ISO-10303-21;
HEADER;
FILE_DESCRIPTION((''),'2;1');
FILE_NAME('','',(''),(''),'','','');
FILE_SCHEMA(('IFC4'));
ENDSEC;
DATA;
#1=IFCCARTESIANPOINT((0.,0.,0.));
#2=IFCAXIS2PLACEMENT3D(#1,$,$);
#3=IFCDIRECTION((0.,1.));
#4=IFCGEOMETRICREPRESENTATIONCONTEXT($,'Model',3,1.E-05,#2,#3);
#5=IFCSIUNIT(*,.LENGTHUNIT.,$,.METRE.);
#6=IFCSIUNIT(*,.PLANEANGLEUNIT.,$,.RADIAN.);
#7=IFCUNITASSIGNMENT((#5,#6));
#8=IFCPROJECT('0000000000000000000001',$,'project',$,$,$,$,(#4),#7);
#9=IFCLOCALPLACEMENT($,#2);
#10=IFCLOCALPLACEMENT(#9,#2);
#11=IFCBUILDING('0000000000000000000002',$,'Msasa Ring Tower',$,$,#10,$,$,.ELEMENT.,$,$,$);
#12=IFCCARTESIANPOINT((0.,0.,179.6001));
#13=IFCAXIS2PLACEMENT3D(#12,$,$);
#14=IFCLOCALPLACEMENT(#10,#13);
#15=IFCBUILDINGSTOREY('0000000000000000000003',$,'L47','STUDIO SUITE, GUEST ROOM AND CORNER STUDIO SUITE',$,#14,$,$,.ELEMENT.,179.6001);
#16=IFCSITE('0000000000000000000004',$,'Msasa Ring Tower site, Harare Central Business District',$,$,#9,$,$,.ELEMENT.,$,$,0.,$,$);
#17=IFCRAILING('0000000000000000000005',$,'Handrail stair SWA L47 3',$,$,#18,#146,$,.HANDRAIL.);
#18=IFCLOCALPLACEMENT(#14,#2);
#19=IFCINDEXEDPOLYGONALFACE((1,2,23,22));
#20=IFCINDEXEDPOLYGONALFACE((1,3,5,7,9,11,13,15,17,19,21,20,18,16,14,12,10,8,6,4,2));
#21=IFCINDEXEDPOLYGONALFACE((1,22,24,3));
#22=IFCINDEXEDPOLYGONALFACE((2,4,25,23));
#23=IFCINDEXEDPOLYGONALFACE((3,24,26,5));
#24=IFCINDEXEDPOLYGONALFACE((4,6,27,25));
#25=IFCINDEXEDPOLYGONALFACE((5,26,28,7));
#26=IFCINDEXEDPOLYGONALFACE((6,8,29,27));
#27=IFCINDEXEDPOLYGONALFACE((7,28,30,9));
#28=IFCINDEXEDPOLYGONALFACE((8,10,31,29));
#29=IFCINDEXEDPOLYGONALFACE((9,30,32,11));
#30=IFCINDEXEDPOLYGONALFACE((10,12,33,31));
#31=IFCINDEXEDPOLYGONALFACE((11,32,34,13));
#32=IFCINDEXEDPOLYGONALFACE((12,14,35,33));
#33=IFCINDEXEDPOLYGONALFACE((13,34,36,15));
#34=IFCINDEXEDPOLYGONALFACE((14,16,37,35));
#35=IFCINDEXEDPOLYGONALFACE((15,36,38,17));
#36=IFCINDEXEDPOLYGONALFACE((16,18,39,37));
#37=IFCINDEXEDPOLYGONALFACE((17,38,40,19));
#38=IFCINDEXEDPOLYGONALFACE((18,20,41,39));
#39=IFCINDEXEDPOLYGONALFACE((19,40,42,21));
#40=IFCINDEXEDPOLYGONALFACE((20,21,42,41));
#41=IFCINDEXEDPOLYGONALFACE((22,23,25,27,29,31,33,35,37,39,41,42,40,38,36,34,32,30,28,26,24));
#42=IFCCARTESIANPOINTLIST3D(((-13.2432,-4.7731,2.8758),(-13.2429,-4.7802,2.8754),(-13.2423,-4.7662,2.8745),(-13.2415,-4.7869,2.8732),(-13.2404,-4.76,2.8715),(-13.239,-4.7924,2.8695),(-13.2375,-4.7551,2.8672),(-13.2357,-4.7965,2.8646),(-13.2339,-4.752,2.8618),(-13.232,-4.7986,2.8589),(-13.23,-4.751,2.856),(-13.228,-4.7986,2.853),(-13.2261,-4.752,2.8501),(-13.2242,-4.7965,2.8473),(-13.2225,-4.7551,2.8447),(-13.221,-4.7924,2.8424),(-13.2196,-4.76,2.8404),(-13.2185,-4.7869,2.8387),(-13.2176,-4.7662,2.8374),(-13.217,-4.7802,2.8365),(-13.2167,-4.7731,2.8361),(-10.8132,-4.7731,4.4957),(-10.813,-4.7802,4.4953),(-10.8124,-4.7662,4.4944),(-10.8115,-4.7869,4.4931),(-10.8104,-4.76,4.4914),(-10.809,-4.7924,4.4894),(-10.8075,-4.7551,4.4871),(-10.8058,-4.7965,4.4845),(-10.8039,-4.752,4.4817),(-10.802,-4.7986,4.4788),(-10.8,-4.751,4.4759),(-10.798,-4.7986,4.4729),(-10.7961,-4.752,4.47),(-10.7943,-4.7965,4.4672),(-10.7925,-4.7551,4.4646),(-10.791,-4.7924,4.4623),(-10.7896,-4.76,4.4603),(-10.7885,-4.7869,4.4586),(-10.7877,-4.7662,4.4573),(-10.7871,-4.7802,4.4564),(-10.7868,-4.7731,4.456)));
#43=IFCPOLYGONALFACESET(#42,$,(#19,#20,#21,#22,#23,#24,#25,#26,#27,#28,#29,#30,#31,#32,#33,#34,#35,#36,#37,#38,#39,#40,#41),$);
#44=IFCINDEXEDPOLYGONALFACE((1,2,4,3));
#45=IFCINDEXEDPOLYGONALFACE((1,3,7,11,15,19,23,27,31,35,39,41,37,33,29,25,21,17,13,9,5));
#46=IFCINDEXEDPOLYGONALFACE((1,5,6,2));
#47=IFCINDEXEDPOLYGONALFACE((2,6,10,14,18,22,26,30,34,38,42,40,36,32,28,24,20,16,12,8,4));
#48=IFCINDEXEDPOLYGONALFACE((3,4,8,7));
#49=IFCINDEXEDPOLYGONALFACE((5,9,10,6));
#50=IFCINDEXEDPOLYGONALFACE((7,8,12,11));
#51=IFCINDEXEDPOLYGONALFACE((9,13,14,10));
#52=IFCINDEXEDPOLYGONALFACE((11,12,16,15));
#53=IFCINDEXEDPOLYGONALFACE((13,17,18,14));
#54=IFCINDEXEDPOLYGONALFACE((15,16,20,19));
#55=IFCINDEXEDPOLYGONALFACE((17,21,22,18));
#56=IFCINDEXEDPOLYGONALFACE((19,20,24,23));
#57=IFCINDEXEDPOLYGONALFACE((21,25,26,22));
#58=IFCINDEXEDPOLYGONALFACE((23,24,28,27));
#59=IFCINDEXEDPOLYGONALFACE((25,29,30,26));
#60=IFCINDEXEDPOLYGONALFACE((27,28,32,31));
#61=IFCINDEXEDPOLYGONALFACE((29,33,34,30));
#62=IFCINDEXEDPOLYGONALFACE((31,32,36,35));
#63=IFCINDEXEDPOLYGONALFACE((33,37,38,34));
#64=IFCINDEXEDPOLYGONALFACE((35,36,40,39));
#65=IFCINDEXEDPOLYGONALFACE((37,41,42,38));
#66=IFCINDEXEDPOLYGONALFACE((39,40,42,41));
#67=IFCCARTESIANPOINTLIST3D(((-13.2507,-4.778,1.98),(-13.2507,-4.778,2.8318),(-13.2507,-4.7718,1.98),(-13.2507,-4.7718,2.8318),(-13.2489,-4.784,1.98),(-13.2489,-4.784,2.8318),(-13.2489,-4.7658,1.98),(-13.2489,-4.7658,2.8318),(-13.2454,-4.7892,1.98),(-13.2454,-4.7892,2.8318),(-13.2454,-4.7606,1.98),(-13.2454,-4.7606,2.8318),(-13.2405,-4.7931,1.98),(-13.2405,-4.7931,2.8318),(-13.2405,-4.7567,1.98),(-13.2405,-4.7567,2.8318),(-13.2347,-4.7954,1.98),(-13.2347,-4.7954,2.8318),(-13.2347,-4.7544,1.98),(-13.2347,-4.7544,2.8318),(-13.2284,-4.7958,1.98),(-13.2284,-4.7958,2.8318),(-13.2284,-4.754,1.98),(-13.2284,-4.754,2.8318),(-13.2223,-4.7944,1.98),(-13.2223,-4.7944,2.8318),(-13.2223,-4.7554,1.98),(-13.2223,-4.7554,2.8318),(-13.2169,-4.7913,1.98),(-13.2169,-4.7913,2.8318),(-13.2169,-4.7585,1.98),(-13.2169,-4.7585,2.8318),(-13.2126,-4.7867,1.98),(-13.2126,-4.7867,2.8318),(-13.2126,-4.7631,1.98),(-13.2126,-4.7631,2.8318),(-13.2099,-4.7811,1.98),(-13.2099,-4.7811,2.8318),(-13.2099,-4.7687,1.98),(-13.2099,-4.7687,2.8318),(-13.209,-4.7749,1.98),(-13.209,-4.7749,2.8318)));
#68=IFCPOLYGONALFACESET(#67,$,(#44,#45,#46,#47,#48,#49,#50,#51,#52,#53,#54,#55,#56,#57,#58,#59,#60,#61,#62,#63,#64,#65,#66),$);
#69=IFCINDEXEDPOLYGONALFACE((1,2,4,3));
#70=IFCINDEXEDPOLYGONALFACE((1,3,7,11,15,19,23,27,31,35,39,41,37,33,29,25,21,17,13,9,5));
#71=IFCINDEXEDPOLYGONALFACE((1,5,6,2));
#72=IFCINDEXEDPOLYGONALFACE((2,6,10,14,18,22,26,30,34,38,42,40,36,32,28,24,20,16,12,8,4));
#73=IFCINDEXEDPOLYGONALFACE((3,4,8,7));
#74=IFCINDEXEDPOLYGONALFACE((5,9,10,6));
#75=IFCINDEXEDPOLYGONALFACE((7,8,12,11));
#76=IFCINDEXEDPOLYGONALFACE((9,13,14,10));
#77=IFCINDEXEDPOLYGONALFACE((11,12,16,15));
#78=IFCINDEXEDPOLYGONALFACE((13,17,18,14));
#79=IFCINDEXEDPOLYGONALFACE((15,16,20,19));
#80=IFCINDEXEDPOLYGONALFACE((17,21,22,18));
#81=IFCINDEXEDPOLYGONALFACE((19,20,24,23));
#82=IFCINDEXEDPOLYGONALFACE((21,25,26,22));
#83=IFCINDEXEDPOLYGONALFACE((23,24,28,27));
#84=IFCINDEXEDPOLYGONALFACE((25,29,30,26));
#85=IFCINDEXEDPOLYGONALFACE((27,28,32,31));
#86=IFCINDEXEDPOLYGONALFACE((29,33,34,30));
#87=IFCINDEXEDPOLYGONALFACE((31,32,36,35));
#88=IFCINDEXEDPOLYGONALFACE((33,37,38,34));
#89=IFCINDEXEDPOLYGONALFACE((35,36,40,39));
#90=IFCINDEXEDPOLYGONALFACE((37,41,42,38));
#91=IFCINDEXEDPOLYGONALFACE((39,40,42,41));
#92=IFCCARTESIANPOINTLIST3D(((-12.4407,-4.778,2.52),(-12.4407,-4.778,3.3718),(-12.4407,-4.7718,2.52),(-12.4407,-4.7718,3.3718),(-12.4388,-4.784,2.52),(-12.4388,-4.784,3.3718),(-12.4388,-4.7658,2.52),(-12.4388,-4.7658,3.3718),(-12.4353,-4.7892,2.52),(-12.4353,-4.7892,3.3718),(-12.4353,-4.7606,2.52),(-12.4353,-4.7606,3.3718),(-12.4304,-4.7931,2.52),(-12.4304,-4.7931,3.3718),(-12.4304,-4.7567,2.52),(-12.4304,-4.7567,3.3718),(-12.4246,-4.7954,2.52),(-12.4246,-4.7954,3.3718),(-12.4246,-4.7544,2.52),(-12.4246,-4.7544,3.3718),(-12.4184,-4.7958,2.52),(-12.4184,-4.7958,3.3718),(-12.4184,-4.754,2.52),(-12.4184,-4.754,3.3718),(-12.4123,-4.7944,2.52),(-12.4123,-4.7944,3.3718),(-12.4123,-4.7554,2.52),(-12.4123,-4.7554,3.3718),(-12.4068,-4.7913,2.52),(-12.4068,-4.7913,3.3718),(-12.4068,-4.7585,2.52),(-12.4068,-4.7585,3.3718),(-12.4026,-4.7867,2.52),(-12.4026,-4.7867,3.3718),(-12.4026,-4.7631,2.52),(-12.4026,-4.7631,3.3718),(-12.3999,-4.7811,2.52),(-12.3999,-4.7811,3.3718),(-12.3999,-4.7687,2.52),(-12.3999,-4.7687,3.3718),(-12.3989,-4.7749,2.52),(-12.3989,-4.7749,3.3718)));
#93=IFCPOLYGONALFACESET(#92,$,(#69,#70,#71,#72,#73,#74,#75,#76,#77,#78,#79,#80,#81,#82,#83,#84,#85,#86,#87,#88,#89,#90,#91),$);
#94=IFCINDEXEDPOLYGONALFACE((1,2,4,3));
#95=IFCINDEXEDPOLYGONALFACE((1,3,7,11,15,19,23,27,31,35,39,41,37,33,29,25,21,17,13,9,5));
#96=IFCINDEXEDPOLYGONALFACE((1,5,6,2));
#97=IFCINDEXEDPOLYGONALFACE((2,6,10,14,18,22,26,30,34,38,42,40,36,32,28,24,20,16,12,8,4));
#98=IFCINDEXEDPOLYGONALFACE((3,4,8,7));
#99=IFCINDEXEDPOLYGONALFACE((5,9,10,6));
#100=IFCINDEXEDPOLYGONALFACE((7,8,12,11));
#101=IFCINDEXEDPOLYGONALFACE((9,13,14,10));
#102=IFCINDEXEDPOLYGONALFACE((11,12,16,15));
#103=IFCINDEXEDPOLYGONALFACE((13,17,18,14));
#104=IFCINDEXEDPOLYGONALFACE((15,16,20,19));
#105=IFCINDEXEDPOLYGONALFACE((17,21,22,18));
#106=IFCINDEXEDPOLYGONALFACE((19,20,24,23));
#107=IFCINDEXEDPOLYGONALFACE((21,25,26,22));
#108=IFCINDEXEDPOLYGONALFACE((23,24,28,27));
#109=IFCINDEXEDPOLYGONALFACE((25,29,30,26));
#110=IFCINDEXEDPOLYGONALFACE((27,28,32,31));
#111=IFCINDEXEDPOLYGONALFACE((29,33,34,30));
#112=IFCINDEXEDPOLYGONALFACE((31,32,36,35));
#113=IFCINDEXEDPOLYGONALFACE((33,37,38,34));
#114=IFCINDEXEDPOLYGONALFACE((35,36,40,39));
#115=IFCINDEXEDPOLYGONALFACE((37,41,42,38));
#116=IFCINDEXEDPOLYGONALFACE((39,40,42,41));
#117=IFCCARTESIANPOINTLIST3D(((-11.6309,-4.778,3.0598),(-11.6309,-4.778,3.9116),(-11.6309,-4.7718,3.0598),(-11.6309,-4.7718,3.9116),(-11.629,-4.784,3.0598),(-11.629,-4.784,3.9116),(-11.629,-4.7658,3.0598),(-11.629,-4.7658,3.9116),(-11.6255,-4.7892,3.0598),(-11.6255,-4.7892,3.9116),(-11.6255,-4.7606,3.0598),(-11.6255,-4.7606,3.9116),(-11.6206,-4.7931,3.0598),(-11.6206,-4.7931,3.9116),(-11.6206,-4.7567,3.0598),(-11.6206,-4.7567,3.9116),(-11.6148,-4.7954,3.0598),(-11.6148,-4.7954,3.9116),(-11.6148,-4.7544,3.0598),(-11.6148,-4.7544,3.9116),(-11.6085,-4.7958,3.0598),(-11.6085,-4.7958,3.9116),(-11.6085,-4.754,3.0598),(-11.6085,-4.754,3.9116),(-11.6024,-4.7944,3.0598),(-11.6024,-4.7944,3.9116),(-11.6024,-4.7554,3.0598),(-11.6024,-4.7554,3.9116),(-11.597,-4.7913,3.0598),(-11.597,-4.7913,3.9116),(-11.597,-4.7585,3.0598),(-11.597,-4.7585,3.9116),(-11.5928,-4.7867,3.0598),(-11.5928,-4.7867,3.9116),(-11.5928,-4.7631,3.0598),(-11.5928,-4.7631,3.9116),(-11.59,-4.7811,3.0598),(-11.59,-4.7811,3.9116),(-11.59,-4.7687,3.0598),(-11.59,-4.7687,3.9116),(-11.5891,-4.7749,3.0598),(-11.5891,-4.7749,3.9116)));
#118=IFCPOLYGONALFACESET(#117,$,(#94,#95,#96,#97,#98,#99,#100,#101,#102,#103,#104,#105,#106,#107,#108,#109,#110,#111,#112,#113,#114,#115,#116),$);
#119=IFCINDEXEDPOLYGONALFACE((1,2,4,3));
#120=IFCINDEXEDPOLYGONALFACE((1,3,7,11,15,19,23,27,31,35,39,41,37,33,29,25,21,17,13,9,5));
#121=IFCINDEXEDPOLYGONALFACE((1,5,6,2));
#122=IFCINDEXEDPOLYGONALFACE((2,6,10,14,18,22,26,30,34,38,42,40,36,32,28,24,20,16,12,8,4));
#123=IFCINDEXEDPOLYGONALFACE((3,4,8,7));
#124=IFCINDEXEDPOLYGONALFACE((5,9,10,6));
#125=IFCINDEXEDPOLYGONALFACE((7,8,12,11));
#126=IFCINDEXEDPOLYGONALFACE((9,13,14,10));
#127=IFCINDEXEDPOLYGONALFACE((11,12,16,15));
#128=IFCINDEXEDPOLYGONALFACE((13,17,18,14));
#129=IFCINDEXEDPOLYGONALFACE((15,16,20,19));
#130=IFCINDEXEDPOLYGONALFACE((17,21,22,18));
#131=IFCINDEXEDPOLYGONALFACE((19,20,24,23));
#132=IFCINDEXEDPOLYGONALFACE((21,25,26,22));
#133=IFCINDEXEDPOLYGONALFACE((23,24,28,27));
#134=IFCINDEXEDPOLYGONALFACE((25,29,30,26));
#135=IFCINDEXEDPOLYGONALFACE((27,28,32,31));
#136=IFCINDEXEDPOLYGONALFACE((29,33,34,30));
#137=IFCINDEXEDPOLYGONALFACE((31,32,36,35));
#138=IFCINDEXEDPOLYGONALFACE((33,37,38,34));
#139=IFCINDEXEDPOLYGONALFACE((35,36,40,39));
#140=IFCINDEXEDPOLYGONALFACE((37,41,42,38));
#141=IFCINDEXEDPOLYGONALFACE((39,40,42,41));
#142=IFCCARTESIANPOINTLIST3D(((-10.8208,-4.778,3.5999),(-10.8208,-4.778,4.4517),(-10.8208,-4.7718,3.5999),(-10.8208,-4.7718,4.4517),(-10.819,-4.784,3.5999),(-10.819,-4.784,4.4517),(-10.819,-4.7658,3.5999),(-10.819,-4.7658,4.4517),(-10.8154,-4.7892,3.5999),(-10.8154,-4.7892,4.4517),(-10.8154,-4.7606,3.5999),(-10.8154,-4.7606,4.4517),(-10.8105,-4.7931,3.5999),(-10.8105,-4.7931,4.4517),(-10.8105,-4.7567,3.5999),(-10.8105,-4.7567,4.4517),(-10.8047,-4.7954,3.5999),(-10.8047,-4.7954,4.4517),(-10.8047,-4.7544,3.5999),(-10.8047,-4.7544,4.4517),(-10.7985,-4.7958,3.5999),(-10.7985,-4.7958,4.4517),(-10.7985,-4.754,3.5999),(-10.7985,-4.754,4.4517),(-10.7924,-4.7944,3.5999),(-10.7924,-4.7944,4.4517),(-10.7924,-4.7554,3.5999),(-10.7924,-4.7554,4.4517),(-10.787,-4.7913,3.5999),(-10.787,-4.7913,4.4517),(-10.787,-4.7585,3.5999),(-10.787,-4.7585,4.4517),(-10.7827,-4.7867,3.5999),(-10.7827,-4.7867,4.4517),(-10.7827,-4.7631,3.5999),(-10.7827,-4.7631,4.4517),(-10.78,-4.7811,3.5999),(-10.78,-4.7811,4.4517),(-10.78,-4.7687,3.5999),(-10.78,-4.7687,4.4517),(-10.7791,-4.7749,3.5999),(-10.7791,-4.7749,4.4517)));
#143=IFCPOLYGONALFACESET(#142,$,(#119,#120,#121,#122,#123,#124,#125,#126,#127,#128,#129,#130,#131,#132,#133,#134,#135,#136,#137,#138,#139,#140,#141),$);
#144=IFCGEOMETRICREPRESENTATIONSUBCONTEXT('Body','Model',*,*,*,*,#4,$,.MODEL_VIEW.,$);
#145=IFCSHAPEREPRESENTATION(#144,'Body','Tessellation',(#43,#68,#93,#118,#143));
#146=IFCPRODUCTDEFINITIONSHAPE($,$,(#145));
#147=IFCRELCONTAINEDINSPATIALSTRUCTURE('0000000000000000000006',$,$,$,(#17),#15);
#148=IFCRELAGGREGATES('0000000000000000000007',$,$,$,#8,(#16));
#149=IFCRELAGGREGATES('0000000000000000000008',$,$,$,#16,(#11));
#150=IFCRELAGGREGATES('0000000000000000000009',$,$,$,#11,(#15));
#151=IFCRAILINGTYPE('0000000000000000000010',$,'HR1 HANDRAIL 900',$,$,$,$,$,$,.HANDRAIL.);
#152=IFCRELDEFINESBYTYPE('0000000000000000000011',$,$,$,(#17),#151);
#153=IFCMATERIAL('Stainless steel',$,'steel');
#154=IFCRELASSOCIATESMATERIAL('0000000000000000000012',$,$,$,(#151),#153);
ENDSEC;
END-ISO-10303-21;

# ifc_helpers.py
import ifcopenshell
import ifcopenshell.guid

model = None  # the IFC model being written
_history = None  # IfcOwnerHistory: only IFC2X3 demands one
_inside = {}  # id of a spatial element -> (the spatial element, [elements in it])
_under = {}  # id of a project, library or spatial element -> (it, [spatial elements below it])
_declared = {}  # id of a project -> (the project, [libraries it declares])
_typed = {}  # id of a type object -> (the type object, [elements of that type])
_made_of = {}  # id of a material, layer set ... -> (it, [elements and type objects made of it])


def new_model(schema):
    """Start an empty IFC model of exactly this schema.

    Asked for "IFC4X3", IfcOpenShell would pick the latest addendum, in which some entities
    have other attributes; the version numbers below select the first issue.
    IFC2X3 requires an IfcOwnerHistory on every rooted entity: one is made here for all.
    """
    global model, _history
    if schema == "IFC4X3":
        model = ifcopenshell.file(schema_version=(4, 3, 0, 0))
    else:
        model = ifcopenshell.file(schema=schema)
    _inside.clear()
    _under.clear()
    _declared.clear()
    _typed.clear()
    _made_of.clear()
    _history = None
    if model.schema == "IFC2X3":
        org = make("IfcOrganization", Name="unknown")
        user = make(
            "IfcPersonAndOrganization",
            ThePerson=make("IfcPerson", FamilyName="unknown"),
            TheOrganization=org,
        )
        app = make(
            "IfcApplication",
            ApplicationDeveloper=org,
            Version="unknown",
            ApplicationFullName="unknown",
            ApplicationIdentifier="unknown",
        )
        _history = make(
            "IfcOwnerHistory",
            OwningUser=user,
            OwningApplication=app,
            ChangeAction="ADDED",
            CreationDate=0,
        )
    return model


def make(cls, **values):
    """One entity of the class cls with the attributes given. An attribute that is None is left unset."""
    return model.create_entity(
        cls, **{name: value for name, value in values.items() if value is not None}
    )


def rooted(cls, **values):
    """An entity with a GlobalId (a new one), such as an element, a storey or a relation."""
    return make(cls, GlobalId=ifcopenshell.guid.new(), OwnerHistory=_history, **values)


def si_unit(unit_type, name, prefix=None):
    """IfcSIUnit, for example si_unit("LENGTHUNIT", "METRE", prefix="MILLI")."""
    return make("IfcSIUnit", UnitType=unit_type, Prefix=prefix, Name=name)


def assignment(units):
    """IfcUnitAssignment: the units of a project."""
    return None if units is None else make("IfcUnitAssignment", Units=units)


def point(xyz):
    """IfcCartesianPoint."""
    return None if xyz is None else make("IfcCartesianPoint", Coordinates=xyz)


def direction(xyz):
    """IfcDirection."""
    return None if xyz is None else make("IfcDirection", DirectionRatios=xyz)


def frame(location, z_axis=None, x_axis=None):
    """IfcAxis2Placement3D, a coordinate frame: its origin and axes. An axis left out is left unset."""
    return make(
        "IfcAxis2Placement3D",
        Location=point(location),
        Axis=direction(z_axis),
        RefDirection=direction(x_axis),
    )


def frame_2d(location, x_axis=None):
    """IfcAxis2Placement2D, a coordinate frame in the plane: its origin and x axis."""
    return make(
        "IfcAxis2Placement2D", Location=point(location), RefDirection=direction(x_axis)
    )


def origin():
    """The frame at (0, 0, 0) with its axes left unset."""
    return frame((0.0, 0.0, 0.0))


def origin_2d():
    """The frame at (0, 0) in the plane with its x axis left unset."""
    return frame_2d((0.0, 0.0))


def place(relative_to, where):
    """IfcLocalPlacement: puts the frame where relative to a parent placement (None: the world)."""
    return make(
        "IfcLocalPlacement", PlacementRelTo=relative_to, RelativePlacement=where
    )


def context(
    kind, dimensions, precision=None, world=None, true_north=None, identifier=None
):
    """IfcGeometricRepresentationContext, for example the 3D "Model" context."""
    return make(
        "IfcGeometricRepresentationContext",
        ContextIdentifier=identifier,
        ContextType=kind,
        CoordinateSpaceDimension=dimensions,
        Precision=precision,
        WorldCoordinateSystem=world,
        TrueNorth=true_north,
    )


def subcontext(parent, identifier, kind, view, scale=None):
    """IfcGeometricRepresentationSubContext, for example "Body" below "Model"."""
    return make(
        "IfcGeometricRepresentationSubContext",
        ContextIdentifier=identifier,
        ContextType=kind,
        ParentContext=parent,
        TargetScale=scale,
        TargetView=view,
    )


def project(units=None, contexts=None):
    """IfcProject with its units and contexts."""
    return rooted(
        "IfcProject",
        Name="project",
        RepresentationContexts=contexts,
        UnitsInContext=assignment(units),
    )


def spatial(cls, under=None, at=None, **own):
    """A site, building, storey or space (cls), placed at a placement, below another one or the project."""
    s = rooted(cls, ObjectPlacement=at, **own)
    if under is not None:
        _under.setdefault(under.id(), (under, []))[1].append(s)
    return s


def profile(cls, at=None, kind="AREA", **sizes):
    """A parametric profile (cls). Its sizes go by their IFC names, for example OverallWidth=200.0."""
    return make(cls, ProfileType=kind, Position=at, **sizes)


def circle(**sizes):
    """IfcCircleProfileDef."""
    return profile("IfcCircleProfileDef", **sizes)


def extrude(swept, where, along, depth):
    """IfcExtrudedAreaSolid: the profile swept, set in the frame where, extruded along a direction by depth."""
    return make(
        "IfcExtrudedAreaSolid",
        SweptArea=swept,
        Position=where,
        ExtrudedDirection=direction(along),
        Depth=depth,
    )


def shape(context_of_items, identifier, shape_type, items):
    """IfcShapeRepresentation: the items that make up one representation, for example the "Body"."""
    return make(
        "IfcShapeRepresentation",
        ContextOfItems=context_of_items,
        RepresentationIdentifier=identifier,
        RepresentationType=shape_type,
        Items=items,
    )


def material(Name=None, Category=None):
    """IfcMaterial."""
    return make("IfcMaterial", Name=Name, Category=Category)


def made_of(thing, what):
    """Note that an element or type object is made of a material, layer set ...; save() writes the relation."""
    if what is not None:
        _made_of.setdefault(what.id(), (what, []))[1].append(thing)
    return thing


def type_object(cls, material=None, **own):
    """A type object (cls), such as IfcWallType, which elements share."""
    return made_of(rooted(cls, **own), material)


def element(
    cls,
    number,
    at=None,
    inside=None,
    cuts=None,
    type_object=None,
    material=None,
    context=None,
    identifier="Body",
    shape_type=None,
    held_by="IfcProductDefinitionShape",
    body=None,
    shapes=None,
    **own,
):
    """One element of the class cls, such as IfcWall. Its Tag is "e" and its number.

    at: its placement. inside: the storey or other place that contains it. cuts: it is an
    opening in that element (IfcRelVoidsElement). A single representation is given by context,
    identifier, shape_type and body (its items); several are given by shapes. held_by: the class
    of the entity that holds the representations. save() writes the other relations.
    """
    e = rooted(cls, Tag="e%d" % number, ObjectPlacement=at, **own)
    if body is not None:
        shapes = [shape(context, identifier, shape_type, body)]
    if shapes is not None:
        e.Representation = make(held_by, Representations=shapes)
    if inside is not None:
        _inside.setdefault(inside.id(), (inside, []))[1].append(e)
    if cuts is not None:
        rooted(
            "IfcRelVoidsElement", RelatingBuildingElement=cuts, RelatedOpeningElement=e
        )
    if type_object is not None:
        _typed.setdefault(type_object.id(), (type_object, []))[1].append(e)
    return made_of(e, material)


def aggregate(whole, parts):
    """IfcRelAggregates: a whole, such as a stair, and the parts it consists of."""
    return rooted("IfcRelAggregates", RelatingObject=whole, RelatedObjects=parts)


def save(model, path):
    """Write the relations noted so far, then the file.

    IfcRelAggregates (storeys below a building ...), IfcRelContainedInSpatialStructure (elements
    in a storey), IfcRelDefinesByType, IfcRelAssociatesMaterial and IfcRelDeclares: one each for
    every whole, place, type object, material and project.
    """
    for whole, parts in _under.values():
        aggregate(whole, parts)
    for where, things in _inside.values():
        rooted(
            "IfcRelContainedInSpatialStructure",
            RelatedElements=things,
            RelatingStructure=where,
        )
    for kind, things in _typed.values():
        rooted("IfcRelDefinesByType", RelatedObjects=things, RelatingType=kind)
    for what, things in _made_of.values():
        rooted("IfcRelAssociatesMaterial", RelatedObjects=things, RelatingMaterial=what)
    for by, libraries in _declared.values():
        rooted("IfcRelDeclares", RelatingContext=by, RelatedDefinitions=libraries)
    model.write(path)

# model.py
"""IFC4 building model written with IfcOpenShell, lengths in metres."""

from ifc_helpers import new_model, si_unit, direction, frame, origin, origin_2d, place, context, subcontext, project, spatial, circle, extrude, material, type_object, element, save


model = new_model("IFC4")

# Units and contexts
model_context = context("Model", 3, precision=1e-05, world=origin(), true_north=direction((0.0, 1.0)))
body_context = subcontext(model_context, "Body", "Model", "MODEL_VIEW")
ifc_project = project(units=[si_unit("LENGTHUNIT", "METRE"), si_unit("PLANEANGLEUNIT", "RADIAN")], contexts=[model_context])

# Site, building, storey
site_placement = place(None, origin())
site = spatial("IfcSite", under=ifc_project, at=site_placement, Name="Msasa Ring Tower site, Harare Central Business District", CompositionType="ELEMENT", RefElevation=0.0)
building_placement = place(site_placement, origin())
building = spatial("IfcBuilding", under=site, at=building_placement, Name="Msasa Ring Tower", CompositionType="ELEMENT")
storey_placement = place(building_placement, frame((0.0, 0.0, 179.6001)))
storey = spatial("IfcBuildingStorey", under=building, at=storey_placement, Name="L47", Description="STUDIO SUITE, GUEST ROOM AND CORNER STUDIO SUITE", CompositionType="ELEMENT", Elevation=179.6001)

# Railing
ifc_material_1 = material(Name="Stainless steel", Category="steel")
railing_type = type_object("IfcRailingType", Name="HR1 HANDRAIL 900", PredefinedType="HANDRAIL", material=ifc_material_1)
for number, where, name in (
    (1, (-13.23, -4.7749, 1.98), "Handrail stair SWA L47 3"),
):
    element("IfcRailing", number, at=place(storey_placement, frame(where)), inside=storey, type_object=railing_type, Name=name, PredefinedType="HANDRAIL", context=body_context, shape_type="SweptSolid", body=[
        extrude(circle(Radius=0.0239, at=origin_2d()), frame((0.0, 0.0, 0.876), z_axis=(0.832063, 0.0, 0.554681), x_axis=(0.0, 1.0, 0.0)), (0.0, 0.0, 1.0), 2.9204),
        extrude(circle(Radius=0.021, at=origin_2d()), origin(), (0.0, 0.0, 1.0), 0.8518),
        extrude(circle(Radius=0.021, at=origin_2d()), frame((0.8101, 0.0, 0.54)), (0.0, 0.0, 1.0), 0.8518),
        extrude(circle(Radius=0.021, at=origin_2d()), frame((1.6199, 0.0, 1.0798)), (0.0, 0.0, 1.0), 0.8518),
        extrude(circle(Radius=0.021, at=origin_2d()), frame((2.4299, 0.0, 1.6199)), (0.0, 0.0, 1.0), 0.8518),
    ])

save(model, "model.ifc")
